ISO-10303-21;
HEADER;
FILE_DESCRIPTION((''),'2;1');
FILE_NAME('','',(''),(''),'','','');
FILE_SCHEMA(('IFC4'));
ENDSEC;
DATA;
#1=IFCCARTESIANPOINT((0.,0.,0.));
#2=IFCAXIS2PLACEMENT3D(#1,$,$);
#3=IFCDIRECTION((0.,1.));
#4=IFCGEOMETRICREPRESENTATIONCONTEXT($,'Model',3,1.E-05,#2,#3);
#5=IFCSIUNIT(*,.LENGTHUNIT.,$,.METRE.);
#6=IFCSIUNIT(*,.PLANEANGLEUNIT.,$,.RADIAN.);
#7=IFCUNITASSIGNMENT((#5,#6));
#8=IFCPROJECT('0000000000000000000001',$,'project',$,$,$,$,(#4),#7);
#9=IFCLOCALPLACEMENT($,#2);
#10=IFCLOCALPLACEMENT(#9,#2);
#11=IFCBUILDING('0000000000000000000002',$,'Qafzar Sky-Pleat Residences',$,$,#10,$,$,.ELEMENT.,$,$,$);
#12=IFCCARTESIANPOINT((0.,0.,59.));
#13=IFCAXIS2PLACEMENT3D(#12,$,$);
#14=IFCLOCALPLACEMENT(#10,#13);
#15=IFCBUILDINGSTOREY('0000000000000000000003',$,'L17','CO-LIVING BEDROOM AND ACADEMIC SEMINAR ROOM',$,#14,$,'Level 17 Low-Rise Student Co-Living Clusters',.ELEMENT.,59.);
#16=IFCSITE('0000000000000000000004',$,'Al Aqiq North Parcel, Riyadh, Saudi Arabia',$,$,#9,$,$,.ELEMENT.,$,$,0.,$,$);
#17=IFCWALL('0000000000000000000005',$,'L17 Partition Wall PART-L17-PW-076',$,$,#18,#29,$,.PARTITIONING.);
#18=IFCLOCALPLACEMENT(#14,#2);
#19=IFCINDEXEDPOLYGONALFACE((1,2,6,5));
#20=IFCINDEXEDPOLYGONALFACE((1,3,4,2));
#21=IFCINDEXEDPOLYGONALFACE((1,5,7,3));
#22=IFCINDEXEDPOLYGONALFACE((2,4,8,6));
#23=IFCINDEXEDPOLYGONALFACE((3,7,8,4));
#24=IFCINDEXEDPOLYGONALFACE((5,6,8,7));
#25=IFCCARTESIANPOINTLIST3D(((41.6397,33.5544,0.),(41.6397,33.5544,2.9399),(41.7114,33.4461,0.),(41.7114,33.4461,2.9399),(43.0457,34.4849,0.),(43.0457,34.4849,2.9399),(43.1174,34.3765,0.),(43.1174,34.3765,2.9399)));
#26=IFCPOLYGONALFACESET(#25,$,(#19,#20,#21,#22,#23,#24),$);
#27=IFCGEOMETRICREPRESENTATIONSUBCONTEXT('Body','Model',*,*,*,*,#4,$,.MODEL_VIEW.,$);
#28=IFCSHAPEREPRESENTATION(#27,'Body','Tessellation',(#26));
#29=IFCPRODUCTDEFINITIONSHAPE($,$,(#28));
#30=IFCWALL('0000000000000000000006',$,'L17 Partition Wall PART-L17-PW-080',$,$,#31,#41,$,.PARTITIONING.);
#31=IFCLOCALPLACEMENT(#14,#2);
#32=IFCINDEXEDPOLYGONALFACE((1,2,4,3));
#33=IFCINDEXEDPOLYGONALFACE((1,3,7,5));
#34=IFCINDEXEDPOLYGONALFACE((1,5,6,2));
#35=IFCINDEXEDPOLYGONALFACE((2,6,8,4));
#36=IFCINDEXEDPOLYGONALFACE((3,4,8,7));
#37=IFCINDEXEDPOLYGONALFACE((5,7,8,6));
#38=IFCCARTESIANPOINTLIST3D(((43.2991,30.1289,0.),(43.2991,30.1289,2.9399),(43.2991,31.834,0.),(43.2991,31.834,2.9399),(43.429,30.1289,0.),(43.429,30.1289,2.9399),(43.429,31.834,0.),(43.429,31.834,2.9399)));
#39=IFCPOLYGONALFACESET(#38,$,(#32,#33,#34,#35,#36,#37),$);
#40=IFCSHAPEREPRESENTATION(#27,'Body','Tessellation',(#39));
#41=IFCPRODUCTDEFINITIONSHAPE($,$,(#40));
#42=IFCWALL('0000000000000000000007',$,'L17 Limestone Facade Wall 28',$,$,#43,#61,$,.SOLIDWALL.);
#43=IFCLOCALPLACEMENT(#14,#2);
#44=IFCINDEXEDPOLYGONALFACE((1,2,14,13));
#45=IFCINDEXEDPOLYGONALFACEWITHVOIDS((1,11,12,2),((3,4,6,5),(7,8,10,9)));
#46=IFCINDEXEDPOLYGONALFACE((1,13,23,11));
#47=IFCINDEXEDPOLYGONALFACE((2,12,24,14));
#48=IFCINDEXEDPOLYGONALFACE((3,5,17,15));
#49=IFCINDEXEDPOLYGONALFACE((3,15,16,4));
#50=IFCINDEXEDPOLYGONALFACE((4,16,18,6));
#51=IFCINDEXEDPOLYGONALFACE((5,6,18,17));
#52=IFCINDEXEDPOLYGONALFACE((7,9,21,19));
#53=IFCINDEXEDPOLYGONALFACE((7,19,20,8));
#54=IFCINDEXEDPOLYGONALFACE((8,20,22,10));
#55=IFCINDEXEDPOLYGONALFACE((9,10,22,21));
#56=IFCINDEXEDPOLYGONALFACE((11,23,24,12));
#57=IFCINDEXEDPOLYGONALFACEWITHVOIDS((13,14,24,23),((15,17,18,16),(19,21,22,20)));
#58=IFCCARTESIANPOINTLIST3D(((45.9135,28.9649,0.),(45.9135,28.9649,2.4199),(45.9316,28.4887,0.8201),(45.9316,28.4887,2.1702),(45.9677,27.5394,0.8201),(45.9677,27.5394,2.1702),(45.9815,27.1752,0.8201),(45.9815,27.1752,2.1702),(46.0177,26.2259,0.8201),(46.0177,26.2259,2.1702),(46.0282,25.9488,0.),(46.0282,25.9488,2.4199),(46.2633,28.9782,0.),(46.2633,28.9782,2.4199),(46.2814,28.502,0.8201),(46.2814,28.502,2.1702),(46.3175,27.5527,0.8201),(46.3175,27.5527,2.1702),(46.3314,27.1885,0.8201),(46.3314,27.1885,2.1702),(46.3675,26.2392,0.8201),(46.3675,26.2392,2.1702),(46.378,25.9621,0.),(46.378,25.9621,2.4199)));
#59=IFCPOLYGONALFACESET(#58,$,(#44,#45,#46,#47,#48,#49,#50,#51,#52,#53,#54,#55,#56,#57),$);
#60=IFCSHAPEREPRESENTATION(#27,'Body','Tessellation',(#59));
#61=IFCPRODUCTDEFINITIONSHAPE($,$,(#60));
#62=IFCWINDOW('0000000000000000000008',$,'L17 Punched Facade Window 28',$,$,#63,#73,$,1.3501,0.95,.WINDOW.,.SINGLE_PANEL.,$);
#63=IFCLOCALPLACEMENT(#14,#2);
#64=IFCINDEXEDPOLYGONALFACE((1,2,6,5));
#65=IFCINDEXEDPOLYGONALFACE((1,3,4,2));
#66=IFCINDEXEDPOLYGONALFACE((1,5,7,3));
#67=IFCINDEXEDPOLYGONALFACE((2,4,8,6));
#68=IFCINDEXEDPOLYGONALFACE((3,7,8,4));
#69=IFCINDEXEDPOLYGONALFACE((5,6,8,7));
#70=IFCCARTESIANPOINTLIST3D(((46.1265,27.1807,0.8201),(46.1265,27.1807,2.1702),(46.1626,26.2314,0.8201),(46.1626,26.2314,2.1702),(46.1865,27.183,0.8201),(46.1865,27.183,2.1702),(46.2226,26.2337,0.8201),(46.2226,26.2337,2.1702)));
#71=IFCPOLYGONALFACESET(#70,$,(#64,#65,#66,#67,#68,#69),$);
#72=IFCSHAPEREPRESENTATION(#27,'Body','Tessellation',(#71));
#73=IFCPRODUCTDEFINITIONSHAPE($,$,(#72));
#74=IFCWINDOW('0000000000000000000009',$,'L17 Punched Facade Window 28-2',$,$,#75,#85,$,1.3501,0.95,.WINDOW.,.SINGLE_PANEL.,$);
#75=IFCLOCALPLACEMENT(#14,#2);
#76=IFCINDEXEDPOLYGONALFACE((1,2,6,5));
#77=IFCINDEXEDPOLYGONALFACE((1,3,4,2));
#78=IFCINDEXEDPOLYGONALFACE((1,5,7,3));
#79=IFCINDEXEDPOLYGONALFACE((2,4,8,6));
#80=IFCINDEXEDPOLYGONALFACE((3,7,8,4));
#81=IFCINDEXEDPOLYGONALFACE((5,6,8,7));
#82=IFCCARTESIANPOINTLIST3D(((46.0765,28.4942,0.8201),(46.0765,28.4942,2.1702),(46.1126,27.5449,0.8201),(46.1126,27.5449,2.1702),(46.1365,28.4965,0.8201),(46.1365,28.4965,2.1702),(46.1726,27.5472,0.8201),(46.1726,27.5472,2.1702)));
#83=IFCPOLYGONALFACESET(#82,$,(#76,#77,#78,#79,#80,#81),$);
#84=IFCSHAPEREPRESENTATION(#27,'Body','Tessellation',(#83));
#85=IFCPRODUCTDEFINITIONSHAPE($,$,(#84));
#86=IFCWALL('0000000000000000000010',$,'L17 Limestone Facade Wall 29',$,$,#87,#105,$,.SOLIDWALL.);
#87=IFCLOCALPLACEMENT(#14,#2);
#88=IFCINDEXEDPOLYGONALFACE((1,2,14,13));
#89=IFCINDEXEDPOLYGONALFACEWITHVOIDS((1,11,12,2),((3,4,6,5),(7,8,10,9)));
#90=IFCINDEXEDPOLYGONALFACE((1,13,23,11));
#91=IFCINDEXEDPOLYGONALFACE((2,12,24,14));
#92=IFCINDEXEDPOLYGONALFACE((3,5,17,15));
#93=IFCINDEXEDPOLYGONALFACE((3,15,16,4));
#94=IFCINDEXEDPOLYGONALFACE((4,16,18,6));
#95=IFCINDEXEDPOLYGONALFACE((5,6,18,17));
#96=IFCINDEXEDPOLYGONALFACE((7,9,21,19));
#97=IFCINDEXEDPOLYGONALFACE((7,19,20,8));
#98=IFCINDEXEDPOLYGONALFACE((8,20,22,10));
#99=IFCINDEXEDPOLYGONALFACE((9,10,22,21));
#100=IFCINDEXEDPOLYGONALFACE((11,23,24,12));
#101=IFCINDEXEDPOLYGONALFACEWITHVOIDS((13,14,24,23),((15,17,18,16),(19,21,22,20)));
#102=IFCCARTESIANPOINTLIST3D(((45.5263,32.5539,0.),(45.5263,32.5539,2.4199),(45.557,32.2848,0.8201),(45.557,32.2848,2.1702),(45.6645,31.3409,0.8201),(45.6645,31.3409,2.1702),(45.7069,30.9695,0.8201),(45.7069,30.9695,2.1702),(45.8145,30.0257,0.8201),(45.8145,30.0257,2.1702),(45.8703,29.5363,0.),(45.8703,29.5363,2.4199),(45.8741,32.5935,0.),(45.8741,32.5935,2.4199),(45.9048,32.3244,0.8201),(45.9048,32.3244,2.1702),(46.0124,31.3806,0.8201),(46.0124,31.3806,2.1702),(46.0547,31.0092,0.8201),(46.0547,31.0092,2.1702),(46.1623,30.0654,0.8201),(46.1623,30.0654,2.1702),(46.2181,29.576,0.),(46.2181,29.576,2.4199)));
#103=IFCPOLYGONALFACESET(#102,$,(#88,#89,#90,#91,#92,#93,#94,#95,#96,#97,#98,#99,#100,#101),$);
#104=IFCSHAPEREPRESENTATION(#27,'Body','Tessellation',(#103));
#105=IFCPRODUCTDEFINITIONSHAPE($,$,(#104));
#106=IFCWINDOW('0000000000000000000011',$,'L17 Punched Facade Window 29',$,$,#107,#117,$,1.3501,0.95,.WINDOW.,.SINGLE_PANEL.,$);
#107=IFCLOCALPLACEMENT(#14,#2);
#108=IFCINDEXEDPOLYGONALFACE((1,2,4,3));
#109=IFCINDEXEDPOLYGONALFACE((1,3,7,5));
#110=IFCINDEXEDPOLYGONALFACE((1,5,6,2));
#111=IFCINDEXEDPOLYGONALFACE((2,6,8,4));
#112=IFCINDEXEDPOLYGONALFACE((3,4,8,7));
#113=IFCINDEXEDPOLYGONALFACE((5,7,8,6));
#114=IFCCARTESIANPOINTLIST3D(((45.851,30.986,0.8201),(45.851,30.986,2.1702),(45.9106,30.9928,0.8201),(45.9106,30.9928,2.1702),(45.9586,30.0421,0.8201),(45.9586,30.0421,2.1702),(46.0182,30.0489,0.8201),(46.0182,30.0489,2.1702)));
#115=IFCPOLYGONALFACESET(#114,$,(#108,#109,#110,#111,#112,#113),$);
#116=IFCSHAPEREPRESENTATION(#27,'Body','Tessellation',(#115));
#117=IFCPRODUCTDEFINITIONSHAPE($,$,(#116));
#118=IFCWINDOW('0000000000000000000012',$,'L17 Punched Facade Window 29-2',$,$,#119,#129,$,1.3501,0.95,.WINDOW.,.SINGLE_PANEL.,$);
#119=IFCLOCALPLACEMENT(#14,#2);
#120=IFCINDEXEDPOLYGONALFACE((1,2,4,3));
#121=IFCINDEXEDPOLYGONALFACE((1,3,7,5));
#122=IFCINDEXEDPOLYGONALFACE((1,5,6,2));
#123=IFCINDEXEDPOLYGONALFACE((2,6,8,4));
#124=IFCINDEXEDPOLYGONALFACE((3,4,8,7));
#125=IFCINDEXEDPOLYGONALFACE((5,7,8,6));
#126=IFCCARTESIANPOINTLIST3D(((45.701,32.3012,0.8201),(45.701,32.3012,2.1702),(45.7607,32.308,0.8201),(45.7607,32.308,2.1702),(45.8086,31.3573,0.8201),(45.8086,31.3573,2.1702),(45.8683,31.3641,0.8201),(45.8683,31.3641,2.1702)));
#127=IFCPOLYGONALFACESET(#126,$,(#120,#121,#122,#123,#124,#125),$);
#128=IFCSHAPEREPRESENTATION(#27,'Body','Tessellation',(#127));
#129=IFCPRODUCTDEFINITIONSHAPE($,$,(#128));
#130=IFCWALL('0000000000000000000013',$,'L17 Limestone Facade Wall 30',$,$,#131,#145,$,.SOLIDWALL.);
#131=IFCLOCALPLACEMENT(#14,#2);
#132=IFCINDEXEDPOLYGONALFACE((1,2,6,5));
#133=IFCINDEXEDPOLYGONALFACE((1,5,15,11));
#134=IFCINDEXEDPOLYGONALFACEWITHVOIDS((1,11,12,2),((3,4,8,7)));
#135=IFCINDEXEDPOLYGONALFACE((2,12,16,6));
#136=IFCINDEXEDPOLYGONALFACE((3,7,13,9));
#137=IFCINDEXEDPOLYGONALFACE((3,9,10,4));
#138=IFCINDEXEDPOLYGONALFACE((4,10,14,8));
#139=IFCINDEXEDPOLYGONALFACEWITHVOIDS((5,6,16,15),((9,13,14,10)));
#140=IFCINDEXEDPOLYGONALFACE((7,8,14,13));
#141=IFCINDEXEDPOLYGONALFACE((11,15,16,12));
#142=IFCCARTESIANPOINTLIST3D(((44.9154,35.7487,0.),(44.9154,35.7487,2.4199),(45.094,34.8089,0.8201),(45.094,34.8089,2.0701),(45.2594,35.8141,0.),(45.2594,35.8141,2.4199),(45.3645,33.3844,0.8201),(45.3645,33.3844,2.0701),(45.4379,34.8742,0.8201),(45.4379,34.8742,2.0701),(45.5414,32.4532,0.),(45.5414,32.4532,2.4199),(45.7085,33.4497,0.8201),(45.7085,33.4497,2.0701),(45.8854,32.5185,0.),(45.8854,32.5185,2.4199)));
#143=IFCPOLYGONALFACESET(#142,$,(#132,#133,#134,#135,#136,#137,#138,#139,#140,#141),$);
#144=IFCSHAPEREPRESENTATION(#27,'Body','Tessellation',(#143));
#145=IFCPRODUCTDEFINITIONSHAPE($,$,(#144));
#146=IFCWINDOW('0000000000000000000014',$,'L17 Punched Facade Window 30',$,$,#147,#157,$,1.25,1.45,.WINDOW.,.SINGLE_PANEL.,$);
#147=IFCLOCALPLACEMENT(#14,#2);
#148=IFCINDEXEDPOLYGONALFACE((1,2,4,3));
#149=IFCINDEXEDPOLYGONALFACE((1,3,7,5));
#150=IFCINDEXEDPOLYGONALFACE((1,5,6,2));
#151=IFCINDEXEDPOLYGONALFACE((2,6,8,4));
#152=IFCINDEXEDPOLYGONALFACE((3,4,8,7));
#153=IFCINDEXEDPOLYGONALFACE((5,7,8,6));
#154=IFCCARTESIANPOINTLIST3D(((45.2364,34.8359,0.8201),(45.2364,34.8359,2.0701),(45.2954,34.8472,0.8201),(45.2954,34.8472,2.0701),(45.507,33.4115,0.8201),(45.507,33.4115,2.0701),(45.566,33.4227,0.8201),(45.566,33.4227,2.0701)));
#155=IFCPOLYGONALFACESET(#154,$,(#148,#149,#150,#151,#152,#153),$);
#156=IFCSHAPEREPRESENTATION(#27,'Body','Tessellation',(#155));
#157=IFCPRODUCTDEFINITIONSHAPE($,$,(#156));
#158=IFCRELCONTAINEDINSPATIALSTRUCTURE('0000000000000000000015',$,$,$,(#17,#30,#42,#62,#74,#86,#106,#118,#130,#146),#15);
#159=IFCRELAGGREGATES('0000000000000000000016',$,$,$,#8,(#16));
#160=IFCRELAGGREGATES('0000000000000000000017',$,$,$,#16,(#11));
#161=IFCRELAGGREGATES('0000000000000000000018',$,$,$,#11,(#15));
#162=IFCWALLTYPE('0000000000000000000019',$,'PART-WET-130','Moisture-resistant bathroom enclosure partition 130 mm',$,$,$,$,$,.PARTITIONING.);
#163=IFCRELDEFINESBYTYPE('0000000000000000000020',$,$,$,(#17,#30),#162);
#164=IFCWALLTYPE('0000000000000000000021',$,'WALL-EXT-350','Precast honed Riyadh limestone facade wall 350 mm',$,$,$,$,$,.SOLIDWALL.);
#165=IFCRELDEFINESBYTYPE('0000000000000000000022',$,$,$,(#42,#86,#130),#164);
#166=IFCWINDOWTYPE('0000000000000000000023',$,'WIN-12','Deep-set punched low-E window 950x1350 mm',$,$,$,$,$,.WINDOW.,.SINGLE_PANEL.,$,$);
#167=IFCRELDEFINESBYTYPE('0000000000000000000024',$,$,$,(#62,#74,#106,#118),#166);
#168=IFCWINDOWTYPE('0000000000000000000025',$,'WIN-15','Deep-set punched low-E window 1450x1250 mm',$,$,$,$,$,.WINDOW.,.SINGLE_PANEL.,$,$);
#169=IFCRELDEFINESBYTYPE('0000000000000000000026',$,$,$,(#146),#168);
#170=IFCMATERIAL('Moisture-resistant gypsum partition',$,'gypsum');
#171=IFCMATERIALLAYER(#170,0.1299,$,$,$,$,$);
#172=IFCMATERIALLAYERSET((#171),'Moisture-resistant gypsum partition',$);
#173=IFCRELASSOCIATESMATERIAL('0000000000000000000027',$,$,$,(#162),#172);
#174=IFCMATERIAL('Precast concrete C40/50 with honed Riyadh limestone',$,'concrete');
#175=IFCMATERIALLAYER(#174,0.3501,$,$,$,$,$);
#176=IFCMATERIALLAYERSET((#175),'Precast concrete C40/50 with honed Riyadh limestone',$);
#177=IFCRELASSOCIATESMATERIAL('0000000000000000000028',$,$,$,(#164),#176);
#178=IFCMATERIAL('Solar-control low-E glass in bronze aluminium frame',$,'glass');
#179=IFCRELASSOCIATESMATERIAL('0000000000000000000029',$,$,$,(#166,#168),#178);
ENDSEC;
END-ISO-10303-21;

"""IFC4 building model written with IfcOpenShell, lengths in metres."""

from ifc_helpers import new_model, si_unit, direction, frame, frame_2d, origin, place, context, subcontext, project, spatial, rectangle, extrude, source, transform, mapped, material, layer, layer_set, type_object, element, fill, save


model = new_model("IFC4")

# Units and contexts
model_context = context("Model", 3, precision=1e-05, world=origin(), true_north=direction((0.0, 1.0)))
body_context = subcontext(model_context, "Body", "Model", "MODEL_VIEW")
ifc_project = project(units=[si_unit("LENGTHUNIT", "METRE"), si_unit("PLANEANGLEUNIT", "RADIAN")], contexts=[model_context])

# Site, building, storey
site_placement = place(None, origin())
site = spatial("IfcSite", under=ifc_project, at=site_placement, Name="Al Aqiq North Parcel, Riyadh, Saudi Arabia", CompositionType="ELEMENT", RefElevation=0.0)
building_placement = place(site_placement, origin())
building = spatial("IfcBuilding", under=site, at=building_placement, Name="Qafzar Sky-Pleat Residences", CompositionType="ELEMENT")
storey_placement = place(building_placement, frame((0.0, 0.0, 59.0)))
storey = spatial("IfcBuildingStorey", under=building, at=storey_placement, Name="L17", Description="CO-LIVING BEDROOM AND ACADEMIC SEMINAR ROOM", LongName="Level 17 Low-Rise Student Co-Living Clusters", CompositionType="ELEMENT", Elevation=59.0)

# Shared definitions
ifc_material_1 = material(Name="Moisture-resistant gypsum partition", Category="gypsum")
ifc_layer_1 = layer(ifc_material_1, 0.1299)
ifc_layer_set_1 = layer_set([ifc_layer_1], Name="Moisture-resistant gypsum partition")
wall_type_1 = type_object("IfcWallType", Name="PART-WET-130", Description="Moisture-resistant bathroom enclosure partition 130 mm", PredefinedType="PARTITIONING", material=ifc_layer_set_1)

# Walls
wall_1_placement = place(storey_placement, frame((41.6755, 33.5002, 0.0), z_axis=(0.0, 0.0, 1.0), x_axis=(0.833939, 0.551857, 0.0)))
element("IfcWall", 1, at=wall_1_placement, inside=storey, type_object=wall_type_1, Name="L17 Partition Wall PART-L17-PW-076", PredefinedType="PARTITIONING", context=body_context, shape_type="SweptSolid", body=[
    extrude(rectangle(XDim=1.686, YDim=0.1299, at=frame_2d((0.843, 0.0))), origin(), (0.0, 0.0, 1.0), 2.9399),
])
wall_2_placement = place(storey_placement, frame((43.364, 30.1289, 0.0), z_axis=(0.0, 0.0, 1.0), x_axis=(0.0, 1.0, 0.0)))
element("IfcWall", 2, at=wall_2_placement, inside=storey, type_object=wall_type_1, Name="L17 Partition Wall PART-L17-PW-080", PredefinedType="PARTITIONING", context=body_context, shape_type="SweptSolid", body=[
    extrude(rectangle(XDim=1.7051, YDim=0.1299, at=frame_2d((0.8525, 0.0))), origin(), (0.0, 0.0, 1.0), 2.9399),
])

# Walls, openings, windows
ifc_material_2 = material(Name="Precast concrete C40/50 with honed Riyadh limestone", Category="concrete")
ifc_layer_2 = layer(ifc_material_2, 0.3501)
ifc_layer_set_2 = layer_set([ifc_layer_2], Name="Precast concrete C40/50 with honed Riyadh limestone")
wall_type_2 = type_object("IfcWallType", Name="WALL-EXT-350", Description="Precast honed Riyadh limestone facade wall 350 mm", PredefinedType="SOLIDWALL", material=ifc_layer_set_2)
wall_3_placement = place(storey_placement, frame((46.2031, 25.9553, 0.0), z_axis=(0.0, 0.0, 1.0), x_axis=(-0.038017, 0.999277, 0.0)))
wall_3 = element("IfcWall", 3, at=wall_3_placement, inside=storey, type_object=wall_type_2, Name="L17 Limestone Facade Wall 28", PredefinedType="SOLIDWALL", context=body_context, shape_type="SweptSolid", body=[
    extrude(rectangle(XDim=3.0183, YDim=0.3501, at=frame_2d((1.5093, 0.0))), origin(), (0.0, 0.0, 1.0), 2.4199),
])
opening_1_placement = place(wall_3_placement, frame((0.2773, 0.0, 0.8201)))
opening_1 = element("IfcOpeningElement", 4, at=opening_1_placement, cuts=wall_3, PredefinedType="OPENING", context=body_context, shape_type="SweptSolid", body=[
    extrude(rectangle(XDim=0.95, YDim=1.3501, at=frame_2d((0.4751, 0.675))), frame((0.0, 0.1851, 0.0), z_axis=(0.0, -1.0, 0.0), x_axis=(1.0, 0.0, 0.0)), (0.0, 0.0, 1.0), 0.3701),
])
opening_2_placement = place(wall_3_placement, frame((1.5918, 0.0, 0.8201)))
opening_2 = element("IfcOpeningElement", 5, at=opening_2_placement, cuts=wall_3, PredefinedType="OPENING", context=body_context, shape_type="SweptSolid", body=[
    extrude(rectangle(XDim=0.95, YDim=1.3501, at=frame_2d((0.4751, 0.675))), frame((0.0, 0.1851, 0.0), z_axis=(0.0, -1.0, 0.0), x_axis=(1.0, 0.0, 0.0)), (0.0, 0.0, 1.0), 0.3701),
])
ifc_material_3 = material(Name="Solar-control low-E glass in bronze aluminium frame", Category="glass")
window_type_1 = type_object("IfcWindowType", Name="WIN-12", Description="Deep-set punched low-E window 950x1350 mm", PartitioningType="SINGLE_PANEL", PredefinedType="WINDOW", material=ifc_material_3)
shared_shape_1 = source(origin(), body_context, "Body", "SweptSolid", [
    extrude(rectangle(XDim=0.95, YDim=1.3501, at=frame_2d((0.4751, 0.675))), frame((0.0, 0.03, 0.0), z_axis=(0.0, -1.0, 0.0), x_axis=(1.0, 0.0, 0.0)), (0.0, 0.0, 1.0), 0.0601),
])
window_1_placement = place(opening_1_placement, origin())
window_1 = element("IfcWindow", 6, at=window_1_placement, inside=storey, type_object=window_type_1, Name="L17 Punched Facade Window 28", OverallHeight=1.3501, OverallWidth=0.95, PartitioningType="SINGLE_PANEL", PredefinedType="WINDOW", context=body_context, shape_type="MappedRepresentation", body=[
    mapped(shared_shape_1, transform((0.0, 0.0, 0.0), x_axis=(1.0, 0.0, 0.0), y_axis=(0.0, 1.0, 0.0), z_axis=(0.0, 0.0, 1.0), scale=1.0)),
])
fill(opening_1, window_1)
window_2_placement = place(opening_2_placement, origin())
window_2 = element("IfcWindow", 7, at=window_2_placement, inside=storey, type_object=window_type_1, Name="L17 Punched Facade Window 28-2", OverallHeight=1.3501, OverallWidth=0.95, PartitioningType="SINGLE_PANEL", PredefinedType="WINDOW", context=body_context, shape_type="MappedRepresentation", body=[
    mapped(shared_shape_1, transform((0.0, 0.0, 0.0), x_axis=(1.0, 0.0, 0.0), y_axis=(0.0, 1.0, 0.0), z_axis=(0.0, 0.0, 1.0), scale=1.0)),
])
fill(opening_2, window_2)
wall_4_placement = place(storey_placement, frame((46.0442, 29.5562, 0.0), z_axis=(0.0, 0.0, 1.0), x_axis=(-0.113263, 0.993565, 0.0)))
wall_4 = element("IfcWall", 8, at=wall_4_placement, inside=storey, type_object=wall_type_2, Name="L17 Limestone Facade Wall 29", PredefinedType="SOLIDWALL", context=body_context, shape_type="SweptSolid", body=[
    extrude(rectangle(XDim=3.0371, YDim=0.3501, at=frame_2d((1.5186, 0.0))), origin(), (0.0, 0.0, 1.0), 2.4199),
])
opening_3_placement = place(wall_4_placement, frame((0.4924, 0.0, 0.8201)))
opening_3 = element("IfcOpeningElement", 9, at=opening_3_placement, cuts=wall_4, PredefinedType="OPENING", context=body_context, shape_type="SweptSolid", body=[
    extrude(rectangle(XDim=0.95, YDim=1.3501, at=frame_2d((0.4751, 0.675))), frame((0.0, 0.1851, 0.0), z_axis=(0.0, -1.0, 0.0), x_axis=(1.0, 0.0, 0.0)), (0.0, 0.0, 1.0), 0.3701),
])
opening_4_placement = place(wall_4_placement, frame((1.8162, 0.0, 0.8201)))
opening_4 = element("IfcOpeningElement", 10, at=opening_4_placement, cuts=wall_4, PredefinedType="OPENING", context=body_context, shape_type="SweptSolid", body=[
    extrude(rectangle(XDim=0.95, YDim=1.3501, at=frame_2d((0.4751, 0.675))), frame((0.0, 0.1851, 0.0), z_axis=(0.0, -1.0, 0.0), x_axis=(1.0, 0.0, 0.0)), (0.0, 0.0, 1.0), 0.3701),
])
window_3_placement = place(opening_3_placement, origin())
window_3 = element("IfcWindow", 11, at=window_3_placement, inside=storey, type_object=window_type_1, Name="L17 Punched Facade Window 29", OverallHeight=1.3501, OverallWidth=0.95, PartitioningType="SINGLE_PANEL", PredefinedType="WINDOW", context=body_context, shape_type="MappedRepresentation", body=[
    mapped(shared_shape_1, transform((0.0, 0.0, 0.0), x_axis=(1.0, 0.0, 0.0), y_axis=(0.0, 1.0, 0.0), z_axis=(0.0, 0.0, 1.0), scale=1.0)),
])
fill(opening_3, window_3)
window_4_placement = place(opening_4_placement, origin())
window_4 = element("IfcWindow", 12, at=window_4_placement, inside=storey, type_object=window_type_1, Name="L17 Punched Facade Window 29-2", OverallHeight=1.3501, OverallWidth=0.95, PartitioningType="SINGLE_PANEL", PredefinedType="WINDOW", context=body_context, shape_type="MappedRepresentation", body=[
    mapped(shared_shape_1, transform((0.0, 0.0, 0.0), x_axis=(1.0, 0.0, 0.0), y_axis=(0.0, 1.0, 0.0), z_axis=(0.0, 0.0, 1.0), scale=1.0)),
])
fill(opening_4, window_4)

# Wall, opening, window
wall_5_placement = place(storey_placement, frame((45.7134, 32.4858, 0.0), z_axis=(0.0, 0.0, 1.0), x_axis=(-0.186604, 0.982435, 0.0)))
wall_5 = element("IfcWall", 13, at=wall_5_placement, inside=storey, type_object=wall_type_2, Name="L17 Limestone Facade Wall 30", PredefinedType="SOLIDWALL", context=body_context, shape_type="SweptSolid", body=[
    extrude(rectangle(XDim=3.3545, YDim=0.3501, at=frame_2d((1.6772, 0.0))), origin(), (0.0, 0.0, 1.0), 2.4199),
])
opening_5_placement = place(wall_5_placement, frame((0.9478, 0.0, 0.8201)))
opening_5 = element("IfcOpeningElement", 14, at=opening_5_placement, cuts=wall_5, PredefinedType="OPENING", context=body_context, shape_type="SweptSolid", body=[
    extrude(rectangle(XDim=1.45, YDim=1.25, at=frame_2d((0.7251, 0.625))), frame((0.0, 0.1851, 0.0), z_axis=(0.0, -1.0, 0.0), x_axis=(1.0, 0.0, 0.0)), (0.0, 0.0, 1.0), 0.3701),
])
window_type_2 = type_object("IfcWindowType", Name="WIN-15", Description="Deep-set punched low-E window 1450x1250 mm", PartitioningType="SINGLE_PANEL", PredefinedType="WINDOW", material=ifc_material_3)
shared_shape_2 = source(origin(), body_context, "Body", "SweptSolid", [
    extrude(rectangle(XDim=1.45, YDim=1.25, at=frame_2d((0.7251, 0.625))), frame((0.0, 0.03, 0.0), z_axis=(0.0, -1.0, 0.0), x_axis=(1.0, 0.0, 0.0)), (0.0, 0.0, 1.0), 0.0601),
])
window_5_placement = place(opening_5_placement, origin())
window_5 = element("IfcWindow", 15, at=window_5_placement, inside=storey, type_object=window_type_2, Name="L17 Punched Facade Window 30", OverallHeight=1.25, OverallWidth=1.45, PartitioningType="SINGLE_PANEL", PredefinedType="WINDOW", context=body_context, shape_type="MappedRepresentation", body=[
    mapped(shared_shape_2, transform((0.0, 0.0, 0.0), x_axis=(1.0, 0.0, 0.0), y_axis=(0.0, 1.0, 0.0), z_axis=(0.0, 0.0, 1.0), scale=1.0)),
])
fill(opening_5, window_5)

save(model, "model.ifc")
